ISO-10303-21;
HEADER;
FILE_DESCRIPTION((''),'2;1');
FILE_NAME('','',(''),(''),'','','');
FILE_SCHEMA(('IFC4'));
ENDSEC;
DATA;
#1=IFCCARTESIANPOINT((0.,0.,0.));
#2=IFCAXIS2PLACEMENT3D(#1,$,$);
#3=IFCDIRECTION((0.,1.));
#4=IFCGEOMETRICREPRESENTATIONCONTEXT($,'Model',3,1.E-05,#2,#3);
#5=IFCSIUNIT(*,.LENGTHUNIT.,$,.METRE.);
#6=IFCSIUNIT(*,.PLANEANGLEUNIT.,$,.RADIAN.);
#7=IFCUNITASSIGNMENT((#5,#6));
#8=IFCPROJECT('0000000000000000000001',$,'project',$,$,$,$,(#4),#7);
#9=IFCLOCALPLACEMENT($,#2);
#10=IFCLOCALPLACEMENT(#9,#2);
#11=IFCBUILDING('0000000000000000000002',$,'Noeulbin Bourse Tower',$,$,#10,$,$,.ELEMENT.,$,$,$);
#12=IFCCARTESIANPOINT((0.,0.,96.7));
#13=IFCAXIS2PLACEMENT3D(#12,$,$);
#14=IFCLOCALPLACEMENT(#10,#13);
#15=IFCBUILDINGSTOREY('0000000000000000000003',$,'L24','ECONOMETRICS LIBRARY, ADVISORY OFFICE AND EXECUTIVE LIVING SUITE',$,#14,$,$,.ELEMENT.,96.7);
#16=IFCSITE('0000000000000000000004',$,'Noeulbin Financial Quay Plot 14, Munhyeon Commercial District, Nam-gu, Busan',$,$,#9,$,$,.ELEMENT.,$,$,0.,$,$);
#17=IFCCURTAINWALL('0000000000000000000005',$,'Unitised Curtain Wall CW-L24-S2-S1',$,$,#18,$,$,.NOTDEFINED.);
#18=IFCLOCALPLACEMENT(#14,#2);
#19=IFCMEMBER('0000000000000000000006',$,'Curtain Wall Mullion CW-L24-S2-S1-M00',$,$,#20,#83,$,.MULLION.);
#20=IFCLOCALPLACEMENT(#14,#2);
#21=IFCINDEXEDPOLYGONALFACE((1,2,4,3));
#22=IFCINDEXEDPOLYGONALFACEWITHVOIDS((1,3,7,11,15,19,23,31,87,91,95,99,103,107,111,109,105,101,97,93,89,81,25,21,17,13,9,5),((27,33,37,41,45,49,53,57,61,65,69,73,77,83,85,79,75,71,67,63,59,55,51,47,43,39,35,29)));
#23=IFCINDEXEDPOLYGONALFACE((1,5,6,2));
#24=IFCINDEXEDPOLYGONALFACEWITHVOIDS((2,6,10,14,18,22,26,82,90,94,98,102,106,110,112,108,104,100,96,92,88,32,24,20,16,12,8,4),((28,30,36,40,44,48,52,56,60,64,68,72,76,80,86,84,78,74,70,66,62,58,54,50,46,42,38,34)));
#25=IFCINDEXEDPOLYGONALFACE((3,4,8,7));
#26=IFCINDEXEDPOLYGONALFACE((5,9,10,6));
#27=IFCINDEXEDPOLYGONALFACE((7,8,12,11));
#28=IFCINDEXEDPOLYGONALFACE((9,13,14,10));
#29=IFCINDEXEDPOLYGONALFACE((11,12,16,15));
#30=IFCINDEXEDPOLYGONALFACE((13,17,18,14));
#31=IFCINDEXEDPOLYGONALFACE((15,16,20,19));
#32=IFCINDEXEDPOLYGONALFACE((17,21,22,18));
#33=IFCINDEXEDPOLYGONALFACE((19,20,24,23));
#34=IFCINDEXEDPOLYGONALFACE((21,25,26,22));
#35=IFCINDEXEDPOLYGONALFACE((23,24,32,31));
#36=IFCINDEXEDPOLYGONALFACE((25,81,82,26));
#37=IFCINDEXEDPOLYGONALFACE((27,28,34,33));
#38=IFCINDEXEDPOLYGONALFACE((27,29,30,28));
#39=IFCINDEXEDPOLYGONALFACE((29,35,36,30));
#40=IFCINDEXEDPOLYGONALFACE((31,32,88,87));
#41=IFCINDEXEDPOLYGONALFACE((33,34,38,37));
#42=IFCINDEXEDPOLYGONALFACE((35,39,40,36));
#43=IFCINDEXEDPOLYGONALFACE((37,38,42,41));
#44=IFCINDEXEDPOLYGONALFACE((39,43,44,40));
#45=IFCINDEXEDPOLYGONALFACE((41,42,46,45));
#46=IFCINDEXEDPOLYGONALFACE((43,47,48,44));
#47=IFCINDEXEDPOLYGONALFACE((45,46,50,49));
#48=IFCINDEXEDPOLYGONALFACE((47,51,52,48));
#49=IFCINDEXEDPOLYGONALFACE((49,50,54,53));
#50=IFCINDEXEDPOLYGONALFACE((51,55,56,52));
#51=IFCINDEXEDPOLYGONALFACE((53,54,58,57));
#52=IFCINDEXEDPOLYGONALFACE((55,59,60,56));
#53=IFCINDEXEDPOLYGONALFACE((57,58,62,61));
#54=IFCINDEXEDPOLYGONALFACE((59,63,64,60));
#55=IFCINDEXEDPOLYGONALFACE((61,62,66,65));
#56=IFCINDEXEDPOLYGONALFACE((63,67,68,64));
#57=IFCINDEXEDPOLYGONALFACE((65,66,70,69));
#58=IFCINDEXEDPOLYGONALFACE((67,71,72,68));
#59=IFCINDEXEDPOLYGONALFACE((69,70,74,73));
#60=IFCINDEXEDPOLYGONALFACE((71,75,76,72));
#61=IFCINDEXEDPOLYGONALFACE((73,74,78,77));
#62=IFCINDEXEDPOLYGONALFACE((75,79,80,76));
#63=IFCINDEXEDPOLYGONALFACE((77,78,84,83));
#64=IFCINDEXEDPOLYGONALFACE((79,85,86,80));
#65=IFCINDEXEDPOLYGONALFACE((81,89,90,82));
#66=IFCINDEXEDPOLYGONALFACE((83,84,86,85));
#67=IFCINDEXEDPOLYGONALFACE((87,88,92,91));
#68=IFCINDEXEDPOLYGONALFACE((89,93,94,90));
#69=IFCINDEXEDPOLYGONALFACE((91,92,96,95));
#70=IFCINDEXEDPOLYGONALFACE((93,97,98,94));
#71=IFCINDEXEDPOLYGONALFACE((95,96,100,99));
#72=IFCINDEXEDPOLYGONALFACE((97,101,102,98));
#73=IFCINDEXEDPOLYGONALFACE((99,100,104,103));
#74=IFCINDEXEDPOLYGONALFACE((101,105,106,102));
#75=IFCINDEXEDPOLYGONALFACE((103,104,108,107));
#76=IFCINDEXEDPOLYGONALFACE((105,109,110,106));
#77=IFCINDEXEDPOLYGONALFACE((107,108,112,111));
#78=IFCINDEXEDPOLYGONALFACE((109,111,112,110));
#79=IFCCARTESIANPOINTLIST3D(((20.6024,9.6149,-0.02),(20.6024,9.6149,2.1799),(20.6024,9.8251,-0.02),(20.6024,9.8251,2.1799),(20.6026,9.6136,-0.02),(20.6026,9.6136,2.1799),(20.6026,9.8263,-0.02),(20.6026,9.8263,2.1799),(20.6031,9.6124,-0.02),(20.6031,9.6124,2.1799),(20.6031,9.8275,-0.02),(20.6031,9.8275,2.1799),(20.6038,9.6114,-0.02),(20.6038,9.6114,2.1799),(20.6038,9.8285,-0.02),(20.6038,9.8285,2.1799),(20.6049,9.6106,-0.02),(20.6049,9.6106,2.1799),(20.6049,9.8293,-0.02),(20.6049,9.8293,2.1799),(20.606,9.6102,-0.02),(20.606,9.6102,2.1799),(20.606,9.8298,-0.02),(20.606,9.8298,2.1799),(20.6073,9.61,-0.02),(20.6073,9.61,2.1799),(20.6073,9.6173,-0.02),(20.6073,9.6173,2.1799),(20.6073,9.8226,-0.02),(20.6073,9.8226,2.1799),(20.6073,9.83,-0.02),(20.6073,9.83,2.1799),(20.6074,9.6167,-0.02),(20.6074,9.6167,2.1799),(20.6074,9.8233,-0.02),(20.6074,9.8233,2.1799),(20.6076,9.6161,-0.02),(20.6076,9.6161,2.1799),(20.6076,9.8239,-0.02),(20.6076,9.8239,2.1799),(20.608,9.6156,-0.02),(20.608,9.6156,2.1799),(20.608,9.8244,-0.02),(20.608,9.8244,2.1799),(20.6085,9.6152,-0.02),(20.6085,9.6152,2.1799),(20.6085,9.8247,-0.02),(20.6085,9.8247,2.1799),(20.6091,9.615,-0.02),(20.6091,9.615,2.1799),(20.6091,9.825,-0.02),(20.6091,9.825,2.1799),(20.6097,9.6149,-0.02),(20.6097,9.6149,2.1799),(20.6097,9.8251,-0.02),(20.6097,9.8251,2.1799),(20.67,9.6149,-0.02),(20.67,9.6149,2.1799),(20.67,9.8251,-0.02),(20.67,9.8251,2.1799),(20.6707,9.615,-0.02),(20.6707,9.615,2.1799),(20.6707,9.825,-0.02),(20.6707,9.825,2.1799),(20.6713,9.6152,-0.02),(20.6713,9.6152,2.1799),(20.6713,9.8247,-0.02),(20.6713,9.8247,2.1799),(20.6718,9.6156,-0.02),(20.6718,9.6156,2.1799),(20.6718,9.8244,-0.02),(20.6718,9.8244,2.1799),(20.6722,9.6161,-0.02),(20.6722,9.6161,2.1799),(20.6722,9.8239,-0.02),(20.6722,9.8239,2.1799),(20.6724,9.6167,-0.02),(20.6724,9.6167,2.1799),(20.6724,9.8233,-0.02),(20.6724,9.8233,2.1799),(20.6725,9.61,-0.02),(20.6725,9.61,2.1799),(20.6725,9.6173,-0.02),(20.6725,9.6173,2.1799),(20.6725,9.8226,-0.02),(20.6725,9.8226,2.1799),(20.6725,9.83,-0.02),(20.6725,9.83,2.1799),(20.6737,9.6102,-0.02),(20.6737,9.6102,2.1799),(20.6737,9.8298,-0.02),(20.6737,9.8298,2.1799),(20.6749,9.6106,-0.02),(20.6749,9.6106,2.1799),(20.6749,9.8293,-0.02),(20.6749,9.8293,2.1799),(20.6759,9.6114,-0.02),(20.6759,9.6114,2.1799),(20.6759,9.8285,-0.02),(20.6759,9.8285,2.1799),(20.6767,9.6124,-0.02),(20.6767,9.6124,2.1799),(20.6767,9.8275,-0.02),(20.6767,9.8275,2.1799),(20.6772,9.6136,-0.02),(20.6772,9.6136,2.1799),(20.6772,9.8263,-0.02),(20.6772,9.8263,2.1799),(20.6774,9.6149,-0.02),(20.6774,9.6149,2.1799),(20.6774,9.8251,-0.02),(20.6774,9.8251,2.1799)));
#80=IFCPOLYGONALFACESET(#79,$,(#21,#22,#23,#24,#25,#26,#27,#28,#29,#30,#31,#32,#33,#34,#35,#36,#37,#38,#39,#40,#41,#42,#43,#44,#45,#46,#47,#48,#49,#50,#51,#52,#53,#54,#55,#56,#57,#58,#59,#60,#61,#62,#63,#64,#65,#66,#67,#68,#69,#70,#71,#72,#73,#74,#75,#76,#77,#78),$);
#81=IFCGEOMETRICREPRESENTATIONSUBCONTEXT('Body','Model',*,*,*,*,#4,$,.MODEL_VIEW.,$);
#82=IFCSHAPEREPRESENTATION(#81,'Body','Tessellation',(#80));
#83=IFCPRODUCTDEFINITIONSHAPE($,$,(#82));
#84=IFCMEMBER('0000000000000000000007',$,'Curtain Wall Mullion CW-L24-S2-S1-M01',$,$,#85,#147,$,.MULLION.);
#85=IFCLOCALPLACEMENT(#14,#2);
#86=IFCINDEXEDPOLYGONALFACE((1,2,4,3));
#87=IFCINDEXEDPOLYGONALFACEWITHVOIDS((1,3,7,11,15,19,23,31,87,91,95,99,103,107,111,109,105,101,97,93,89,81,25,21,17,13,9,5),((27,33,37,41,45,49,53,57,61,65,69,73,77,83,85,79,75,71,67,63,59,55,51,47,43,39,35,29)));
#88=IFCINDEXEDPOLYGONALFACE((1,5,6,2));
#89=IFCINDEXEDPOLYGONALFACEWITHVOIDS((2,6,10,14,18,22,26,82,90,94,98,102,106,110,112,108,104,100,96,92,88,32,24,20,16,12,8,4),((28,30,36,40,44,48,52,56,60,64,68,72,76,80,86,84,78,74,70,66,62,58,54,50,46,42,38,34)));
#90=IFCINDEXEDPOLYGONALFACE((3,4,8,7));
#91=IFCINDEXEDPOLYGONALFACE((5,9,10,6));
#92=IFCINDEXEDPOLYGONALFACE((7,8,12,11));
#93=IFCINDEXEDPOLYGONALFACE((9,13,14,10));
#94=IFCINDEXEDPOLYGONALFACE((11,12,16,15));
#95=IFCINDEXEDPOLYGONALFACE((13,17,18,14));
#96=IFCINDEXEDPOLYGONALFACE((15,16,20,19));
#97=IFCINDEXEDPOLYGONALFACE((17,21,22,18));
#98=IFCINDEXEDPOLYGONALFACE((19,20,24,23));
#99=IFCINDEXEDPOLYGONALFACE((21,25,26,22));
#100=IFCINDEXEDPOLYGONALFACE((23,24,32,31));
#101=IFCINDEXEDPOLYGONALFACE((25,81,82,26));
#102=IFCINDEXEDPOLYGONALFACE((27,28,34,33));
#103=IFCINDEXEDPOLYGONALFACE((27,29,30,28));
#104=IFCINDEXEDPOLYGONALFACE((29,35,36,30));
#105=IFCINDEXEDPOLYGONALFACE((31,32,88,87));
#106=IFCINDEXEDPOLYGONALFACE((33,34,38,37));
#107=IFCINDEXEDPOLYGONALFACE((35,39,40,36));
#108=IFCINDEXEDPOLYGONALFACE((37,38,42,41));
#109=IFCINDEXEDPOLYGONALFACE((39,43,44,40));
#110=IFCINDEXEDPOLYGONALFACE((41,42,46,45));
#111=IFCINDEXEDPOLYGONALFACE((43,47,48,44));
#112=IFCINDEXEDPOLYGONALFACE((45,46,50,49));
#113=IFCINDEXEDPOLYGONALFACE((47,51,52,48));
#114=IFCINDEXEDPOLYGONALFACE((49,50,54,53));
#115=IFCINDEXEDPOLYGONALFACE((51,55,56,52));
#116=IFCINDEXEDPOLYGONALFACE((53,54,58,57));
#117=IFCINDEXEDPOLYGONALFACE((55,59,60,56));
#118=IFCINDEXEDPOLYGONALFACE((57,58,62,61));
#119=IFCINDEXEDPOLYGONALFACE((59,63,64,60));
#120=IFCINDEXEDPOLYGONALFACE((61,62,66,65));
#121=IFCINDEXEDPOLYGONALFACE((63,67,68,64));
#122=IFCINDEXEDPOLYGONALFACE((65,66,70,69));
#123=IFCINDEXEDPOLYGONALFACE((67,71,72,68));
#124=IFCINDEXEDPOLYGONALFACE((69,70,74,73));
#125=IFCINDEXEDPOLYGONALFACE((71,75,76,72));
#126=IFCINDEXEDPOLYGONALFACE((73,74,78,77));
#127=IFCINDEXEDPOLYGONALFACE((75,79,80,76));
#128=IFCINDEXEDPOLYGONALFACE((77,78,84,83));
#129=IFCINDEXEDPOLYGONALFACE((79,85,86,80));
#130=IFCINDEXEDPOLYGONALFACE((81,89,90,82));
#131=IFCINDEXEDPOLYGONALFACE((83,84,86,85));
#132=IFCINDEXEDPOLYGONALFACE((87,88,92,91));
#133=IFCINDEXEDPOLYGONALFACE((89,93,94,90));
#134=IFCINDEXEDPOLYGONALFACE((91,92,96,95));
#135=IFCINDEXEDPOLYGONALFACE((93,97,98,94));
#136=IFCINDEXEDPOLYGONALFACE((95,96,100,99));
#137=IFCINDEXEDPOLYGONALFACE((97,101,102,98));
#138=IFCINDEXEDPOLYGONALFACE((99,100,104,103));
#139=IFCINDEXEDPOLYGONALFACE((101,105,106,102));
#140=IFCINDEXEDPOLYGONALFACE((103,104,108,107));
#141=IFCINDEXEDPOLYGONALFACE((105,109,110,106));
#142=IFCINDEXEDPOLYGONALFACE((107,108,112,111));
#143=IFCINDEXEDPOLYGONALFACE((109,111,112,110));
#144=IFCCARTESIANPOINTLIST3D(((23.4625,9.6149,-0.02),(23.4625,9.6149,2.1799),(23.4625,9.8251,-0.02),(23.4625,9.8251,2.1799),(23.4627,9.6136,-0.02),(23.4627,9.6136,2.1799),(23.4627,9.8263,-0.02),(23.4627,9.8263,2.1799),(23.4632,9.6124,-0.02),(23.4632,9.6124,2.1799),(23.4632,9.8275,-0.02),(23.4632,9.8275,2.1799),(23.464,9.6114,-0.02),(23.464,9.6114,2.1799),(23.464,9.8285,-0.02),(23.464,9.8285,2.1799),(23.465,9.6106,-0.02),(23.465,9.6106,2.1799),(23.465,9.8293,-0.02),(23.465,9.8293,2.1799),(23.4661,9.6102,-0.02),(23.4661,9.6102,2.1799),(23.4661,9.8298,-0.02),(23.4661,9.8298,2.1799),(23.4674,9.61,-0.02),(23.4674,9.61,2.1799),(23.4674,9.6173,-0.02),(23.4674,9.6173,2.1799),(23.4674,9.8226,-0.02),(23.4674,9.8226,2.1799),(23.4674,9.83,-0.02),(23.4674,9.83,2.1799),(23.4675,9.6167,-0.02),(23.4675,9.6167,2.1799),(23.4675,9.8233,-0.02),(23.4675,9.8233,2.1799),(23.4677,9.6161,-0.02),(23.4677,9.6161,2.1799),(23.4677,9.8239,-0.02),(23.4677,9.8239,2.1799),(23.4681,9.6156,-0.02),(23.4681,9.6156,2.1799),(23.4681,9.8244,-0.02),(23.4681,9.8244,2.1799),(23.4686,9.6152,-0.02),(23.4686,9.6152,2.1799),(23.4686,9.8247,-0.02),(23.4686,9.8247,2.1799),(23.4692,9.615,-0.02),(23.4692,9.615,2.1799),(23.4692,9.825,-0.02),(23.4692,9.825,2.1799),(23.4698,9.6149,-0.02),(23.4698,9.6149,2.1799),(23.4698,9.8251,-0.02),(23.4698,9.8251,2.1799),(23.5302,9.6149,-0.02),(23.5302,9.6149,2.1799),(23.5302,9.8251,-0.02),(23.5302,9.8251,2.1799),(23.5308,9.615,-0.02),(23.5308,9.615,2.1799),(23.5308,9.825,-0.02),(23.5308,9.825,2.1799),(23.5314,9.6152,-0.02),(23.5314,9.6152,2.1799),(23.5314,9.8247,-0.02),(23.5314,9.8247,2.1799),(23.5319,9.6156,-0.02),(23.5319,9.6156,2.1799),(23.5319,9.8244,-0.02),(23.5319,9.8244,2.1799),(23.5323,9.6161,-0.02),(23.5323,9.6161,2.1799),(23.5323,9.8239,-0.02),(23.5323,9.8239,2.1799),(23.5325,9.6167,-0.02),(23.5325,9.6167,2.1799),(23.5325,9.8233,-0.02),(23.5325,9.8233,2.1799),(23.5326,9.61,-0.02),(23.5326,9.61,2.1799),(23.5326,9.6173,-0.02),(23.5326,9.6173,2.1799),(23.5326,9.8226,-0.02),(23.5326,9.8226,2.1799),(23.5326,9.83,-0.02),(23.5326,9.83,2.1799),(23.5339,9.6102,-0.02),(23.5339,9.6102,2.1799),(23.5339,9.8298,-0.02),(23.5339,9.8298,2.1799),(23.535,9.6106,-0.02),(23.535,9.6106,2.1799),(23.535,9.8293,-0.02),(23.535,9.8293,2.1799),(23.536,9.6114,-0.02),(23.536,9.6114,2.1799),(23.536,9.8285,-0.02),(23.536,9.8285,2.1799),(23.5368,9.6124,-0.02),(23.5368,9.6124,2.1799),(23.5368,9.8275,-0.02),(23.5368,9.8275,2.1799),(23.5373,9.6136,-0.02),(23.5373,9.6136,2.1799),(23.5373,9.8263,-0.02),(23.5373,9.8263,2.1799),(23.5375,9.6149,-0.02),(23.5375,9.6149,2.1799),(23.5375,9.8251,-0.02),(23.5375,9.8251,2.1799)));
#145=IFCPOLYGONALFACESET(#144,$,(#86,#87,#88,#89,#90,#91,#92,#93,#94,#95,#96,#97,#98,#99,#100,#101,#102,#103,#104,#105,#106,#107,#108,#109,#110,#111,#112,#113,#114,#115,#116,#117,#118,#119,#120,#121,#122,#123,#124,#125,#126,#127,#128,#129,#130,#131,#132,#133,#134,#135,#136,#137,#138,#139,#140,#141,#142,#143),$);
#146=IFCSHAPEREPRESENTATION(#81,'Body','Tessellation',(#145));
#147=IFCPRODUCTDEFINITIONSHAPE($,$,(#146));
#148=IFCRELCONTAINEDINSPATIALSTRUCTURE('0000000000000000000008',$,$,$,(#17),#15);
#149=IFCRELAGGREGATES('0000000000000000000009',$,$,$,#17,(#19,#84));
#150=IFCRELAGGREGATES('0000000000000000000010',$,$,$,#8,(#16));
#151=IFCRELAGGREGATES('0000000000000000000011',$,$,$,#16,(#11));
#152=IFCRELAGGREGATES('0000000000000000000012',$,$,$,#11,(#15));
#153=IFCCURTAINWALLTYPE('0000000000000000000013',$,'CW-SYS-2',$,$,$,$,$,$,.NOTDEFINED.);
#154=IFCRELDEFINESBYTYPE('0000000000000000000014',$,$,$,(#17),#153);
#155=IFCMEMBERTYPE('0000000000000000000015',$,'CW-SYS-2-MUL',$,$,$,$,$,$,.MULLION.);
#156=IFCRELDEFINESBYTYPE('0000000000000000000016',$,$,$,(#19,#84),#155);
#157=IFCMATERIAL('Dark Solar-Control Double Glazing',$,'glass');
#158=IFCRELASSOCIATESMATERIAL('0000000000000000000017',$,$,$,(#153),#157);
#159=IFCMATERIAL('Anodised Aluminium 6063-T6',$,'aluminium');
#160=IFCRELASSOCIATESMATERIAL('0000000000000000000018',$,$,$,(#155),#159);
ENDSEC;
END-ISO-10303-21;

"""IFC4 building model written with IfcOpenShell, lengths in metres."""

from ifc_helpers import new_model, si_unit, direction, frame, origin, origin_2d, place, context, subcontext, project, spatial, hollow_rectangle, extrude, material, material_profile, profile_set, type_object, element, aggregate, save


model = new_model("IFC4")

# Units and contexts
model_context = context("Model", 3, precision=1e-05, world=origin(), true_north=direction((0.0, 1.0)))
body_context = subcontext(model_context, "Body", "Model", "MODEL_VIEW")
ifc_project = project(units=[si_unit("LENGTHUNIT", "METRE"), si_unit("PLANEANGLEUNIT", "RADIAN")], contexts=[model_context])

# Site, building, storey
site_placement = place(None, origin())
site = spatial("IfcSite", under=ifc_project, at=site_placement, Name="Noeulbin Financial Quay Plot 14, Munhyeon Commercial District, Nam-gu, Busan", CompositionType="ELEMENT", RefElevation=0.0)
building_placement = place(site_placement, origin())
building = spatial("IfcBuilding", under=site, at=building_placement, Name="Noeulbin Bourse Tower", CompositionType="ELEMENT")
storey_placement = place(building_placement, frame((0.0, 0.0, 96.7)))
storey = spatial("IfcBuildingStorey", under=building, at=storey_placement, Name="L24", Description="ECONOMETRICS LIBRARY, ADVISORY OFFICE AND EXECUTIVE LIVING SUITE", CompositionType="ELEMENT", Elevation=96.7)

# Curtain wall, members
ifc_material_1 = material(Name="Dark Solar-Control Double Glazing", Category="glass")
curtain_wall_type = type_object("IfcCurtainWallType", Name="CW-SYS-2", PredefinedType="NOTDEFINED", material=ifc_material_1)
curtain_wall_1_placement = place(storey_placement, origin())
curtain_wall_1 = element("IfcCurtainWall", 1, at=curtain_wall_1_placement, inside=storey, type_object=curtain_wall_type, Name="Unitised Curtain Wall CW-L24-S2-S1", PredefinedType="NOTDEFINED")
ifc_material_2 = material(Name="Anodised Aluminium 6063-T6", Category="aluminium")
ifc_material_profile_1 = material_profile(ifc_material_2, hollow_rectangle(XDim=0.075, YDim=0.22, WallThickness=0.0049, InnerFilletRadius=0.0024, OuterFilletRadius=0.0049, at=origin_2d()), Name="ALU-MULL-75x220x5", Category="LoadBearing")
ifc_profile_set_1 = profile_set([ifc_material_profile_1], Name="Anodised Aluminium 6063-T6")
member_type_1 = type_object("IfcMemberType", Name="CW-SYS-2-MUL", PredefinedType="MULLION", material=ifc_profile_set_1)
member_1_placement = place(storey_placement, frame((20.6399, 9.72, -0.02), z_axis=(0.0, 0.0, 1.0), x_axis=(1.0, 0.0, 0.0)))
member_1 = element("IfcMember", 2, at=member_1_placement, type_object=member_type_1, Name="Curtain Wall Mullion CW-L24-S2-S1-M00", PredefinedType="MULLION", context=body_context, shape_type="SweptSolid", body=[
    extrude(hollow_rectangle(XDim=0.075, YDim=0.22, WallThickness=0.0049, InnerFilletRadius=0.0024, OuterFilletRadius=0.0049, at=origin_2d()), origin(), (0.0, 0.0, 1.0), 2.2),
])
member_2_placement = place(storey_placement, frame((23.5, 9.72, -0.02), z_axis=(0.0, 0.0, 1.0), x_axis=(1.0, 0.0, 0.0)))
member_2 = element("IfcMember", 3, at=member_2_placement, type_object=member_type_1, Name="Curtain Wall Mullion CW-L24-S2-S1-M01", PredefinedType="MULLION", context=body_context, shape_type="SweptSolid", body=[
    extrude(hollow_rectangle(XDim=0.075, YDim=0.22, WallThickness=0.0049, InnerFilletRadius=0.0024, OuterFilletRadius=0.0049, at=origin_2d()), origin(), (0.0, 0.0, 1.0), 2.2),
])

aggregate(curtain_wall_1, [member_1, member_2])

save(model, "model.ifc")
